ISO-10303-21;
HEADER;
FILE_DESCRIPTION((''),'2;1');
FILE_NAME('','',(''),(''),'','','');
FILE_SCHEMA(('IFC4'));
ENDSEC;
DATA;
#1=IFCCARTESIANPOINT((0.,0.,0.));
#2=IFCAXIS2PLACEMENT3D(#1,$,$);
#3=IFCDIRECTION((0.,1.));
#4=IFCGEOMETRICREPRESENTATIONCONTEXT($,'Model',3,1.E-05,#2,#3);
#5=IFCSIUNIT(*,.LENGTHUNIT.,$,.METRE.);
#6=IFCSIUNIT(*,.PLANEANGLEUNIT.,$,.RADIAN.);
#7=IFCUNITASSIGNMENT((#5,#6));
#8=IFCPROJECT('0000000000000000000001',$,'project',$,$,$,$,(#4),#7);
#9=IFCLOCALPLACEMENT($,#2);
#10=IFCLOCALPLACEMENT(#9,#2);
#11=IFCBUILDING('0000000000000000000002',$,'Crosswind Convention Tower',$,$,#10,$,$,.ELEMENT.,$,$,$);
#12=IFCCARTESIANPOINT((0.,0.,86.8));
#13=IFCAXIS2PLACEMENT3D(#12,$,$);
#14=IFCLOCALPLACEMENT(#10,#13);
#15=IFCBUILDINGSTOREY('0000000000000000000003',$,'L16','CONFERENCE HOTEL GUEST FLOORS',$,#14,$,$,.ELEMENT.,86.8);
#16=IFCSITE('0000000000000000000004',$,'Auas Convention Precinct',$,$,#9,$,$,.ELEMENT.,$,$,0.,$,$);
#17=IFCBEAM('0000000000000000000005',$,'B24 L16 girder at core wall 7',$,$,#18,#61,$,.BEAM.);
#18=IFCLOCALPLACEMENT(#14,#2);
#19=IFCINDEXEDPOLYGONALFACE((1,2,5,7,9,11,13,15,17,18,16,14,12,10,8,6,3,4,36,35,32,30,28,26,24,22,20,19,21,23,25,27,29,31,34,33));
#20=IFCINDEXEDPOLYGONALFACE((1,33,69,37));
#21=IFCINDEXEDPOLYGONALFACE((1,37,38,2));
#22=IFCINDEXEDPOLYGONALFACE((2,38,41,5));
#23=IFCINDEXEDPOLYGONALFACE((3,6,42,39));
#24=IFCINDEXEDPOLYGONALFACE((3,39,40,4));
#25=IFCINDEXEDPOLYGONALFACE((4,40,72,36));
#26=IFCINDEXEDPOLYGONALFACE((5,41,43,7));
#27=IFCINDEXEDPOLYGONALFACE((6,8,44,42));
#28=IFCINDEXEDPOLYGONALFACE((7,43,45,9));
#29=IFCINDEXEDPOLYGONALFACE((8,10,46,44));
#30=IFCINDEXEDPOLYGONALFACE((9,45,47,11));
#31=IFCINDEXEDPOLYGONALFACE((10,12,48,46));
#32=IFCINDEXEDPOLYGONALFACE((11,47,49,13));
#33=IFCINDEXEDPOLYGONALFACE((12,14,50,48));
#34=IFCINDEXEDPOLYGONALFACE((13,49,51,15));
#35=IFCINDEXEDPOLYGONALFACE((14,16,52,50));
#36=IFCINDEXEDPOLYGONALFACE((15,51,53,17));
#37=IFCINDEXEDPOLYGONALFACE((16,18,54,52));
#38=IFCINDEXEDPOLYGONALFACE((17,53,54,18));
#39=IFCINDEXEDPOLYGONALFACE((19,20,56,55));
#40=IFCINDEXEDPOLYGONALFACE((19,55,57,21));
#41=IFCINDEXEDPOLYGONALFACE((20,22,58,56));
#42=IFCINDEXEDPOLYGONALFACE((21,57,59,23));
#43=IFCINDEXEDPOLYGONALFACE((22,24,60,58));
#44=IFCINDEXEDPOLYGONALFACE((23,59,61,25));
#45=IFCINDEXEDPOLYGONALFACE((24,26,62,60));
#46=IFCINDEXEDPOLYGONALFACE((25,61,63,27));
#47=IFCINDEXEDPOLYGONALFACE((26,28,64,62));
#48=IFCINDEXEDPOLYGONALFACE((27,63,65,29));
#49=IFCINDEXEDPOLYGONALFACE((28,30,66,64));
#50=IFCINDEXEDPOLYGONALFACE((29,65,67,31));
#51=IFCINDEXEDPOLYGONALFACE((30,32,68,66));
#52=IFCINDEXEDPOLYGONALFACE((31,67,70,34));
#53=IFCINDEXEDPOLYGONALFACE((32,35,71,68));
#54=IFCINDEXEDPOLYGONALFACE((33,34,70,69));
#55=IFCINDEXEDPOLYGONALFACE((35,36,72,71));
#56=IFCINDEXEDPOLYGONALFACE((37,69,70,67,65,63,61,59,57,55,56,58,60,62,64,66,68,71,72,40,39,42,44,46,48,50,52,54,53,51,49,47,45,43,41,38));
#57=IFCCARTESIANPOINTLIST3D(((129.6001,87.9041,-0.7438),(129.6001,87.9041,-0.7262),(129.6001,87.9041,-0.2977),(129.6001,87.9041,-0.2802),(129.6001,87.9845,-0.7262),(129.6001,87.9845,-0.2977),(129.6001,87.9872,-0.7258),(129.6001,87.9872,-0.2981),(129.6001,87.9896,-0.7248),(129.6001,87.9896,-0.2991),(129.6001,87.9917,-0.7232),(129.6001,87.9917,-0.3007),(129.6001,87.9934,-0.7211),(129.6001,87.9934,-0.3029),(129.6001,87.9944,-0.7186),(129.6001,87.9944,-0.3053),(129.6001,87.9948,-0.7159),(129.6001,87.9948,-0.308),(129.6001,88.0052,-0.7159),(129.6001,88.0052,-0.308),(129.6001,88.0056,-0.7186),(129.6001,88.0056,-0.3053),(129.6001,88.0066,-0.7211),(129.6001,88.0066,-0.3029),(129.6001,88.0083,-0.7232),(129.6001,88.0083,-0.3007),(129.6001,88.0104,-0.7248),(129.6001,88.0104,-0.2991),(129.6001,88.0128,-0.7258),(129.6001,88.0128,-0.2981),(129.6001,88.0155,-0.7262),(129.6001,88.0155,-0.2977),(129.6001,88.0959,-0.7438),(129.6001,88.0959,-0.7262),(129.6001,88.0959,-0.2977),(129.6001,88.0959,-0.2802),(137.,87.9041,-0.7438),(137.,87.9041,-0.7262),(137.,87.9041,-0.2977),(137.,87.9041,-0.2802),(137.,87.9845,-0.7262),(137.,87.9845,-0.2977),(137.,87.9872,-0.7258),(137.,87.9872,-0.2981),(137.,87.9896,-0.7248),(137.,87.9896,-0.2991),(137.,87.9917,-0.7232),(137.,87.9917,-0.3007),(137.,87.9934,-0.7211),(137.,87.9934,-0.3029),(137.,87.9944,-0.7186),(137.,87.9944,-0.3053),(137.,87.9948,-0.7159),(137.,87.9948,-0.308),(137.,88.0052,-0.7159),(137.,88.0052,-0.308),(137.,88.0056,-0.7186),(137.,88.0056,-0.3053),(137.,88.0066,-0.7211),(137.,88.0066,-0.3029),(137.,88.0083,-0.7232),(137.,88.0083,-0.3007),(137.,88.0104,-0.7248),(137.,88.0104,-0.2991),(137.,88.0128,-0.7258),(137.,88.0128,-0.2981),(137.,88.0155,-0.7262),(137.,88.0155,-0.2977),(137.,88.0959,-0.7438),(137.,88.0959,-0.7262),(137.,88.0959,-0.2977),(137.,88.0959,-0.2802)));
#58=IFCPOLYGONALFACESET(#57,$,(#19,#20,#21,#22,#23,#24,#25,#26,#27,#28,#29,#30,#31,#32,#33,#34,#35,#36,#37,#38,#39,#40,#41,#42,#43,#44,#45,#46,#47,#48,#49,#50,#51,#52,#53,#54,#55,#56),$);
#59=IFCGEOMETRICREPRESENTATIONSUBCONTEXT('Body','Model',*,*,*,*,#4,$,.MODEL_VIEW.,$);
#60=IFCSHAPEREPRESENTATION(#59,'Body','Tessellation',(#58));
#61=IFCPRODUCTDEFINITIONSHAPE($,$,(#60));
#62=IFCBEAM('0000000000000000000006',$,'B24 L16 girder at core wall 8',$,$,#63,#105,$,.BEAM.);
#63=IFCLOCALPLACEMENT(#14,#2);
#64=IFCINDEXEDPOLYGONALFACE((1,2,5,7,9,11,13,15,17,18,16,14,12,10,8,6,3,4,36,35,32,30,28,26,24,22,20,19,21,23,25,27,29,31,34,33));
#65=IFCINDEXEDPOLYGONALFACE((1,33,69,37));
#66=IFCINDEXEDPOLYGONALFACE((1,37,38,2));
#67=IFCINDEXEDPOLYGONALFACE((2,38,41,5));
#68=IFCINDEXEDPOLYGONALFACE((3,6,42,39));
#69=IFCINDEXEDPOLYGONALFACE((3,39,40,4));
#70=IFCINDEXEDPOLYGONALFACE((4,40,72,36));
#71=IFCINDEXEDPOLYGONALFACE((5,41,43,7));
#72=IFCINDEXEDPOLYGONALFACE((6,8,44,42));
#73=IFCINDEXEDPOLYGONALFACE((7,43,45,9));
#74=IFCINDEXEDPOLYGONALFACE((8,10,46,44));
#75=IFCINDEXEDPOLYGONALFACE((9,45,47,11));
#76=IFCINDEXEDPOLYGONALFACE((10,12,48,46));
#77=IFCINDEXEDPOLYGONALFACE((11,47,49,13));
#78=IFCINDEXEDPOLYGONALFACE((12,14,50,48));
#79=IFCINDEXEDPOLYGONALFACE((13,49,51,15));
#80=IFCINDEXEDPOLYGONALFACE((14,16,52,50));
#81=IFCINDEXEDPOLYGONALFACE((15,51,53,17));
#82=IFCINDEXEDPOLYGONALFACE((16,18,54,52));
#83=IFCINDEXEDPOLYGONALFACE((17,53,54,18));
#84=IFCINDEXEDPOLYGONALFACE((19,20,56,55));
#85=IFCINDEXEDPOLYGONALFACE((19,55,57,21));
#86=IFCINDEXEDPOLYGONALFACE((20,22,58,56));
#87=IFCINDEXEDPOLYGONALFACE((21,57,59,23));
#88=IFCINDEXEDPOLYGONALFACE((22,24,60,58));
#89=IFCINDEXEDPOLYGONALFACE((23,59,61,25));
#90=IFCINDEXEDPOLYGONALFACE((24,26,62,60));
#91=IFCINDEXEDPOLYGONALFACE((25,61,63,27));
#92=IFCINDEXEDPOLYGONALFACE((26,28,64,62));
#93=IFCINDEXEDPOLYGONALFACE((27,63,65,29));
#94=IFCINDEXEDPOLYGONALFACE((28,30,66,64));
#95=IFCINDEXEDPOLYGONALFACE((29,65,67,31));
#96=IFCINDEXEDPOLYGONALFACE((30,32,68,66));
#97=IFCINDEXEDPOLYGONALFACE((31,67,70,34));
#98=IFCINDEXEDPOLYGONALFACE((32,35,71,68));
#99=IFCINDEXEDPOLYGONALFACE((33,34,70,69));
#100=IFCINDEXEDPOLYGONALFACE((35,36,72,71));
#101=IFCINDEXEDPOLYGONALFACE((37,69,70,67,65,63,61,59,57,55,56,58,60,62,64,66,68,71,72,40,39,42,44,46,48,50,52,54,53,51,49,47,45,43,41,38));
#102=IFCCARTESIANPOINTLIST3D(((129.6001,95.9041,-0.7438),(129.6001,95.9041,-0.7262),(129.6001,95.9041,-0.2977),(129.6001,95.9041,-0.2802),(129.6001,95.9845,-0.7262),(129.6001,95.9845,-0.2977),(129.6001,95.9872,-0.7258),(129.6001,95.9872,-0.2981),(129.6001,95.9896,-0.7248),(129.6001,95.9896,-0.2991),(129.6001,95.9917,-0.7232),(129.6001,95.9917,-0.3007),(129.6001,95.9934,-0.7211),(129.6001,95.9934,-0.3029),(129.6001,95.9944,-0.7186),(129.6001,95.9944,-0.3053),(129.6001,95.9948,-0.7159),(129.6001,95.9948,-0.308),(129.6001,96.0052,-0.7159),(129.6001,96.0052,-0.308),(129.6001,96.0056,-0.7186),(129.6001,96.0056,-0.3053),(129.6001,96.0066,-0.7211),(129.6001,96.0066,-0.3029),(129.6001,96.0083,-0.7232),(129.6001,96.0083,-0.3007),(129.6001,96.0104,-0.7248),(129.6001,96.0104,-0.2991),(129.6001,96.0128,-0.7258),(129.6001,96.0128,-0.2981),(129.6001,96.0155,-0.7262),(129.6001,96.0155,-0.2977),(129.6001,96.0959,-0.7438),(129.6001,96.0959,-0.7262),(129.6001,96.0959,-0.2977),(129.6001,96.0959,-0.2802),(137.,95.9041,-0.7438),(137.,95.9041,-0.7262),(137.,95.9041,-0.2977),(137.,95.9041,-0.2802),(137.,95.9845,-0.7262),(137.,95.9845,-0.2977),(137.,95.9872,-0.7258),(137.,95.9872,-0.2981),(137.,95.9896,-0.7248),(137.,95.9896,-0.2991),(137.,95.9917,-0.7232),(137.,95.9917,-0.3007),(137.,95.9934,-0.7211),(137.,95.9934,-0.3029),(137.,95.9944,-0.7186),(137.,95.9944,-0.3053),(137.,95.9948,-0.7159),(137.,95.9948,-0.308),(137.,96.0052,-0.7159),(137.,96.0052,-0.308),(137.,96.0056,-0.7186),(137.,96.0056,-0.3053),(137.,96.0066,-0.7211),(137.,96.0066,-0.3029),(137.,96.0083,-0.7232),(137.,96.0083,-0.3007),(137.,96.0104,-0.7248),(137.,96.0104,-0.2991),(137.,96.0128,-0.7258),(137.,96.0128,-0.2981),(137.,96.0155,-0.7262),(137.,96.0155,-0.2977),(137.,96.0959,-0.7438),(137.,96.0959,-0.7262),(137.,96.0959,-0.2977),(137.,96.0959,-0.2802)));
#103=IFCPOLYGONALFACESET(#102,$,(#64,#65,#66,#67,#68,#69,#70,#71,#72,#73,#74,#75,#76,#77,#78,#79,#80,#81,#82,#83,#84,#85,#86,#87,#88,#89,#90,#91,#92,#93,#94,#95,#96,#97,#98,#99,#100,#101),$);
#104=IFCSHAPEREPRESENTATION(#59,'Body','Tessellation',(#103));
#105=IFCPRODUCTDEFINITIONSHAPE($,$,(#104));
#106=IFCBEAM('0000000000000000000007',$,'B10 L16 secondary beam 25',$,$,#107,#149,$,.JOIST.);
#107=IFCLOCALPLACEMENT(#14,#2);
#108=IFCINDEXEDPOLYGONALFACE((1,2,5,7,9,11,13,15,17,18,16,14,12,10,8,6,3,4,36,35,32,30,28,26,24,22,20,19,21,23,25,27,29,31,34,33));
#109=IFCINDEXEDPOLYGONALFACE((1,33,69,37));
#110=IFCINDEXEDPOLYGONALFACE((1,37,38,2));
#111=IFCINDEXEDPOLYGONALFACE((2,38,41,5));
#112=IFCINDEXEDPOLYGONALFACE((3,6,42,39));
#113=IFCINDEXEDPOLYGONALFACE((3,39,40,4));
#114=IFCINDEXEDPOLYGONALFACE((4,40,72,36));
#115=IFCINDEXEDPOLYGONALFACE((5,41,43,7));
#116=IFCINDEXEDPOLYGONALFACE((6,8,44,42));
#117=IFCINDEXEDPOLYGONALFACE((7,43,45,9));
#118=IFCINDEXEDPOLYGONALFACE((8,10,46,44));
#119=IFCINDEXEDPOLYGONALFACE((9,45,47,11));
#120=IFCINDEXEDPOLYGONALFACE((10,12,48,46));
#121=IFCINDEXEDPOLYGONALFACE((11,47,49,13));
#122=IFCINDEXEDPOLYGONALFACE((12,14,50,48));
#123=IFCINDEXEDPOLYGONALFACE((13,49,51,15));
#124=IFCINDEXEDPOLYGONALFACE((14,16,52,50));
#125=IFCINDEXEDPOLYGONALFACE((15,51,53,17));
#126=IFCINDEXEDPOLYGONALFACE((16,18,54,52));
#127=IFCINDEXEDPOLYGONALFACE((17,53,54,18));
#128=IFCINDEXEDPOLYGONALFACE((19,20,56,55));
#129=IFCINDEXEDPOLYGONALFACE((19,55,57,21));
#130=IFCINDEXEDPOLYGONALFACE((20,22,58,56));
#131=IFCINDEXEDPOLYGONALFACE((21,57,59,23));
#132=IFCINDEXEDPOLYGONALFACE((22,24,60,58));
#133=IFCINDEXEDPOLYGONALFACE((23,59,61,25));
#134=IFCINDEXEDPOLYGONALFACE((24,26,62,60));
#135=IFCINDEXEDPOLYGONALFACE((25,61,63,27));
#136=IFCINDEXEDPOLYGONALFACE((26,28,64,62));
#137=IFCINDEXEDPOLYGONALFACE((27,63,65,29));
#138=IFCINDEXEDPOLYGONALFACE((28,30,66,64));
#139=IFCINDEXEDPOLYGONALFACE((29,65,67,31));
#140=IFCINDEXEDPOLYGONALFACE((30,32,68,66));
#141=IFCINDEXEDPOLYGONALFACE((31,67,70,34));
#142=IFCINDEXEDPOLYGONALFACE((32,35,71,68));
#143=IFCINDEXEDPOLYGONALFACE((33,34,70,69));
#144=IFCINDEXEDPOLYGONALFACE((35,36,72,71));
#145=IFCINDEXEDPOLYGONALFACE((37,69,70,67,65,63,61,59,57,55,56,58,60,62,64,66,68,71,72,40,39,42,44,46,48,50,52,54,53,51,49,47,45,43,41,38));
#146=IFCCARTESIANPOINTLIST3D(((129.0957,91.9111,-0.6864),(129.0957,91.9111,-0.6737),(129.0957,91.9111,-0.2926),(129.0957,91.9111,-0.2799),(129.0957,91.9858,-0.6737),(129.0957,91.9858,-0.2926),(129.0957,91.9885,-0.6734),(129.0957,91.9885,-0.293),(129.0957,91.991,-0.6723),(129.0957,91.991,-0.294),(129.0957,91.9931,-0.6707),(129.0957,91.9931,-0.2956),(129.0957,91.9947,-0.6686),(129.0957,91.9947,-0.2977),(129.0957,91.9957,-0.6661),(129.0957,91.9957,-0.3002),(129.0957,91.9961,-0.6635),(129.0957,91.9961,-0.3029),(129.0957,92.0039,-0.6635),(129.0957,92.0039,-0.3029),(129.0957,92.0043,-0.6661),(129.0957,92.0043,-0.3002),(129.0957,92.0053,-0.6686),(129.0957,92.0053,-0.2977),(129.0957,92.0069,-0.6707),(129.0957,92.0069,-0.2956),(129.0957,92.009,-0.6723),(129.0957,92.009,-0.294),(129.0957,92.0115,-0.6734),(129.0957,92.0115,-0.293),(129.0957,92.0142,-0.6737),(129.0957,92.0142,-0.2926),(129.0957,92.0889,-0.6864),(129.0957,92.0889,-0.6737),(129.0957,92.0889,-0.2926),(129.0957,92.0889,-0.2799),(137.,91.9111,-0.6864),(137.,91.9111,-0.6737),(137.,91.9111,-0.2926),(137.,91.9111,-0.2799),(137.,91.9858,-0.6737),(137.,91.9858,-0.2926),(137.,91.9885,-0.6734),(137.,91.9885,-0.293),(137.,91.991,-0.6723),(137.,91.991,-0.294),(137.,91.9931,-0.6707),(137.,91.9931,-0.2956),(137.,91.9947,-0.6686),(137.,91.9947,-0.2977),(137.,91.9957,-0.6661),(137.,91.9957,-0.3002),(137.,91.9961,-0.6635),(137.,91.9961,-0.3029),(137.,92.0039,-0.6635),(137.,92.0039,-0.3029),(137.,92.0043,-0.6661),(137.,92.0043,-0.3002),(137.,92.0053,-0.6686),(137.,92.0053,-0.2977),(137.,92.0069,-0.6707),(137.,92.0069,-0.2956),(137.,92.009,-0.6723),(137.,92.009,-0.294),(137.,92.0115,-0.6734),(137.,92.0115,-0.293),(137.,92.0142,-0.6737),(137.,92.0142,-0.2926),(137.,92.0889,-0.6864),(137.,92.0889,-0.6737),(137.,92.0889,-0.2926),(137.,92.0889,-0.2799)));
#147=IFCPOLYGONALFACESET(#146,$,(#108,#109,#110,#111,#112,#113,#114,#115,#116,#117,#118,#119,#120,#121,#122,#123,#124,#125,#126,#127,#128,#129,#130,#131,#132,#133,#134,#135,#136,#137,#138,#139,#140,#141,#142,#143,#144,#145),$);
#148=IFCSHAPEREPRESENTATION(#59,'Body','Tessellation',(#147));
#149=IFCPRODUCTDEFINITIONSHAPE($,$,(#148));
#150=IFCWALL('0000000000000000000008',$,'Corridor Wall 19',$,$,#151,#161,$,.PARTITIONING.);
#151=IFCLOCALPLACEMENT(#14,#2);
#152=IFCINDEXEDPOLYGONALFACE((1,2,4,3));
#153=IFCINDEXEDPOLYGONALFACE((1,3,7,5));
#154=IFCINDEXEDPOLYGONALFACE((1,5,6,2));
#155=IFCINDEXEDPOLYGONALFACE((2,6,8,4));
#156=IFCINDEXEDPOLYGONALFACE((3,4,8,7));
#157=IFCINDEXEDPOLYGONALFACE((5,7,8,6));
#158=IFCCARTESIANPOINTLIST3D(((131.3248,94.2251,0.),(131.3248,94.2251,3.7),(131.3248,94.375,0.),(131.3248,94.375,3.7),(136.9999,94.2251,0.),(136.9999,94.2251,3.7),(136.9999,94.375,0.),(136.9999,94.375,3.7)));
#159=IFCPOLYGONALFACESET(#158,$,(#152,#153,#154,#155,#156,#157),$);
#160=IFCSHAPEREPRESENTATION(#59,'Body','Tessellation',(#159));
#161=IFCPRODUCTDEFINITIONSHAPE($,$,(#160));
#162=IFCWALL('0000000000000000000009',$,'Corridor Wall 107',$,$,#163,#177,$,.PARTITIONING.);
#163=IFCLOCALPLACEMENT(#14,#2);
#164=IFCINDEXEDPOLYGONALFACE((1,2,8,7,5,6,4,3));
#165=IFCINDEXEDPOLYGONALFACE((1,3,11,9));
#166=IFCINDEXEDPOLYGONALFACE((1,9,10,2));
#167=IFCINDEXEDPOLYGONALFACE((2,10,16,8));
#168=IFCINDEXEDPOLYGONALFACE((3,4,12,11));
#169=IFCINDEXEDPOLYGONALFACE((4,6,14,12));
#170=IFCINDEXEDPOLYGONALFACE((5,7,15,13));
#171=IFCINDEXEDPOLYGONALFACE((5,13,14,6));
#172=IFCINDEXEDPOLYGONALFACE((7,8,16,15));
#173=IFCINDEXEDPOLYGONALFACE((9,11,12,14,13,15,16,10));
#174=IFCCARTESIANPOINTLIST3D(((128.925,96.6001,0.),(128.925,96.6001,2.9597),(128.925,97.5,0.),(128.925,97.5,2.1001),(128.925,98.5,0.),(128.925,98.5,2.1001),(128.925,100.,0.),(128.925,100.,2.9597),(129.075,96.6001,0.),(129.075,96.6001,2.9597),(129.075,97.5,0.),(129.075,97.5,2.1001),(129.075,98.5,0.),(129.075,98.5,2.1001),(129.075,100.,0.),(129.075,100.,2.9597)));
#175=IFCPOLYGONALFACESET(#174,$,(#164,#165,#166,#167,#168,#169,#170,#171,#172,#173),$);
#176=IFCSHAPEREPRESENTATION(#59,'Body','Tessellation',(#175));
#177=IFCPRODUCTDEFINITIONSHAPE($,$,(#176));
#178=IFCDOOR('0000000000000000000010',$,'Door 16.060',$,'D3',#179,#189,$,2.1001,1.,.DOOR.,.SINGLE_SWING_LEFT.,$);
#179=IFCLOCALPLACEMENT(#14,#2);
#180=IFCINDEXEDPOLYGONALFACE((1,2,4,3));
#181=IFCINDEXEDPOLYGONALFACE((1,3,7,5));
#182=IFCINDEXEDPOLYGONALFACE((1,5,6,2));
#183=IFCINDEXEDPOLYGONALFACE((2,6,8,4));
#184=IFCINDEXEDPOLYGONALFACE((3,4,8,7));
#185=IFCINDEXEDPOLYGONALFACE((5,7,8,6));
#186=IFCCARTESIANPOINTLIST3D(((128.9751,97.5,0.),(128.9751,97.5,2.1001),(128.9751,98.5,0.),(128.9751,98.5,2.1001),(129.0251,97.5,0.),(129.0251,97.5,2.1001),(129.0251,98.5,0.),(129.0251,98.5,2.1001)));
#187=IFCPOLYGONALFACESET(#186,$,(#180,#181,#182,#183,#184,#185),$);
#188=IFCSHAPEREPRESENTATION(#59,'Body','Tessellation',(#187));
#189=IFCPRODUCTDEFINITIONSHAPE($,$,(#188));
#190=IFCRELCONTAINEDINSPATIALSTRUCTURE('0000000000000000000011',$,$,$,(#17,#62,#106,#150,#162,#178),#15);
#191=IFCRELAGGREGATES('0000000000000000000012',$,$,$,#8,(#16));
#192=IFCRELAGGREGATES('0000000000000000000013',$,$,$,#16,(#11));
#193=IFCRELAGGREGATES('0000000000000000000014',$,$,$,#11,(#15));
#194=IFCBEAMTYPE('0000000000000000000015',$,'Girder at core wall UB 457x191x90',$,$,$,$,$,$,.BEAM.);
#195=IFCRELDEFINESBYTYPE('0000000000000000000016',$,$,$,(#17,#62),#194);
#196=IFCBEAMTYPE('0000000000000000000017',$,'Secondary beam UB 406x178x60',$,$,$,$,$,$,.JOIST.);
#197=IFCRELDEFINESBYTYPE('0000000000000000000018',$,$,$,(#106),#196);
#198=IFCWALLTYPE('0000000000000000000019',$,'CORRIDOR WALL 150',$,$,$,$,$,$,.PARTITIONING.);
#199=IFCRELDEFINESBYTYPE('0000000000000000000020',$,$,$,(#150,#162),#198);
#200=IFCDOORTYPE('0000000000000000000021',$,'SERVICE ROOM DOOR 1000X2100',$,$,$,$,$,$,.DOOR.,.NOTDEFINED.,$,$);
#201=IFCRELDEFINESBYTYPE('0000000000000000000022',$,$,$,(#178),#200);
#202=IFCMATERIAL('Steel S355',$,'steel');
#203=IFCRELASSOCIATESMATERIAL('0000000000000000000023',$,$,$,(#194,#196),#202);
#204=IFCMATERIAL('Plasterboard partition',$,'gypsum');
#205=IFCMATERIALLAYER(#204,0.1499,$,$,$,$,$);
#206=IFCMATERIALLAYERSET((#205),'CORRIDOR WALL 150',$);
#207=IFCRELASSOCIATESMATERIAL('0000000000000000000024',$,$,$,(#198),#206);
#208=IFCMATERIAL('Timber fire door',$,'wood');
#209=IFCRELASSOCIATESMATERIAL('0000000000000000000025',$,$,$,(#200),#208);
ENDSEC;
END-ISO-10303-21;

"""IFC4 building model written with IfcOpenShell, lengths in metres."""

from ifc_helpers import new_model, si_unit, direction, frame, frame_2d, origin, origin_2d, place, context, subcontext, project, spatial, rectangle, i_section, extrude, material, layer, layer_set, material_profile, profile_set, type_object, element, fill, save


model = new_model("IFC4")

# Units and contexts
model_context = context("Model", 3, precision=1e-05, world=origin(), true_north=direction((0.0, 1.0)))
body_context = subcontext(model_context, "Body", "Model", "MODEL_VIEW")
ifc_project = project(units=[si_unit("LENGTHUNIT", "METRE"), si_unit("PLANEANGLEUNIT", "RADIAN")], contexts=[model_context])

# Site, building, storey
site_placement = place(None, origin())
site = spatial("IfcSite", under=ifc_project, at=site_placement, Name="Auas Convention Precinct", CompositionType="ELEMENT", RefElevation=0.0)
building_placement = place(site_placement, origin())
building = spatial("IfcBuilding", under=site, at=building_placement, Name="Crosswind Convention Tower", CompositionType="ELEMENT")
storey_placement = place(building_placement, frame((0.0, 0.0, 86.8)))
storey = spatial("IfcBuildingStorey", under=building, at=storey_placement, Name="L16", Description="CONFERENCE HOTEL GUEST FLOORS", CompositionType="ELEMENT", Elevation=86.8)

# Beams
ifc_material_1 = material(Name="Steel S355", Category="steel")
ifc_material_profile_1 = material_profile(ifc_material_1, i_section(OverallWidth=0.1919, OverallDepth=0.4636, WebThickness=0.0105, FlangeThickness=0.0176, FilletRadius=0.0103, at=origin_2d()), Name="UB 457x191x90")
ifc_profile_set_1 = profile_set([ifc_material_profile_1], Name="Steel S355")
beam_type_1 = type_object("IfcBeamType", Name="Girder at core wall UB 457x191x90", PredefinedType="BEAM", material=ifc_profile_set_1)
for number, where, z_axis, x_axis, name in (
    (1, (129.6001, 88.0, -0.512), (1.0, 0.0, 0.0), (0.0, 1.0, 0.0), "B24 L16 girder at core wall 7"),
    (2, (129.6001, 96.0, -0.512), (1.0, 0.0, 0.0), (0.0, 1.0, 0.0), "B24 L16 girder at core wall 8"),
):
    element("IfcBeam", number, at=place(storey_placement, frame(where, z_axis=z_axis, x_axis=x_axis)), inside=storey, type_object=beam_type_1, Name=name, PredefinedType="BEAM", context=body_context, shape_type="SweptSolid", body=[
        extrude(i_section(OverallWidth=0.1919, OverallDepth=0.4636, WebThickness=0.0105, FlangeThickness=0.0176, FilletRadius=0.0103, at=origin_2d()), origin(), (0.0, 0.0, 1.0), 7.3999),
    ])
ifc_material_profile_2 = material_profile(ifc_material_1, i_section(OverallWidth=0.1777, OverallDepth=0.4065, WebThickness=0.0078, FlangeThickness=0.0127, FilletRadius=0.0103, at=origin_2d()), Name="UB 406x178x60")
ifc_profile_set_2 = profile_set([ifc_material_profile_2], Name="Steel S355")
beam_type_2 = type_object("IfcBeamType", Name="Secondary beam UB 406x178x60", PredefinedType="JOIST", material=ifc_profile_set_2)
beam_placement = place(storey_placement, frame((129.0957, 92.0, -0.4832), z_axis=(1.0, 0.0, 0.0), x_axis=(0.0, 1.0, 0.0)))
element("IfcBeam", 3, at=beam_placement, inside=storey, type_object=beam_type_2, Name="B10 L16 secondary beam 25", PredefinedType="JOIST", context=body_context, shape_type="SweptSolid", body=[
    extrude(i_section(OverallWidth=0.1777, OverallDepth=0.4065, WebThickness=0.0078, FlangeThickness=0.0127, FilletRadius=0.0103, at=origin_2d()), origin(), (0.0, 0.0, 1.0), 7.9043),
])

# Wall
ifc_material_2 = material(Name="Plasterboard partition", Category="gypsum")
ifc_layer_1 = layer(ifc_material_2, 0.1499)
ifc_layer_set_1 = layer_set([ifc_layer_1], Name="CORRIDOR WALL 150")
wall_type_1 = type_object("IfcWallType", Name="CORRIDOR WALL 150", PredefinedType="PARTITIONING", material=ifc_layer_set_1)
wall_1_placement = place(storey_placement, frame((131.325, 94.3, 0.0), z_axis=(0.0, 0.0, 1.0), x_axis=(1.0, 0.0, 0.0)))
element("IfcWall", 4, at=wall_1_placement, inside=storey, type_object=wall_type_1, Name="Corridor Wall 19", PredefinedType="PARTITIONING", context=body_context, shape_type="SweptSolid", body=[
    extrude(rectangle(XDim=5.675, YDim=0.1499, at=frame_2d((2.8374, 0.0))), origin(), (0.0, 0.0, 1.0), 3.7),
])

# Wall, opening, door
wall_2_placement = place(storey_placement, frame((129.0, 96.6001, 0.0), z_axis=(0.0, 0.0, 1.0), x_axis=(0.0, 1.0, 0.0)))
wall_2 = element("IfcWall", 5, at=wall_2_placement, inside=storey, type_object=wall_type_1, Name="Corridor Wall 107", PredefinedType="PARTITIONING", context=body_context, shape_type="SweptSolid", body=[
    extrude(rectangle(XDim=3.3999, YDim=0.1499, at=frame_2d((1.7, 0.0))), origin(), (0.0, 0.0, 1.0), 2.9597),
])
opening_1_placement = place(wall_2_placement, frame((0.8999, 0.0, 0.0)))
opening_1 = element("IfcOpeningElement", 6, at=opening_1_placement, cuts=wall_2, PredefinedType="OPENING", context=body_context, shape_type="SweptSolid", body=[
    extrude(rectangle(XDim=1.0, YDim=2.1001, at=frame_2d((0.5, 1.05))), frame((0.0, 0.085, 0.0), z_axis=(0.0, -1.0, 0.0), x_axis=(1.0, 0.0, 0.0)), (0.0, 0.0, 1.0), 0.1699),
])
ifc_material_3 = material(Name="Timber fire door", Category="wood")
door_type_1 = type_object("IfcDoorType", Name="SERVICE ROOM DOOR 1000X2100", OperationType="NOTDEFINED", PredefinedType="DOOR", material=ifc_material_3)
door_1_placement = place(opening_1_placement, origin())
door_1 = element("IfcDoor", 7, at=door_1_placement, inside=storey, type_object=door_type_1, Name="Door 16.060", ObjectType="D3", OperationType="SINGLE_SWING_LEFT", OverallHeight=2.1001, OverallWidth=1.0, PredefinedType="DOOR", context=body_context, shape_type="SweptSolid", body=[
    extrude(rectangle(XDim=1.0, YDim=2.1001, at=frame_2d((0.5, 1.05))), frame((0.0, 0.0249, 0.0), z_axis=(0.0, -1.0, 0.0), x_axis=(1.0, 0.0, 0.0)), (0.0, 0.0, 1.0), 0.05),
])
fill(opening_1, door_1)

save(model, "model.ifc")
